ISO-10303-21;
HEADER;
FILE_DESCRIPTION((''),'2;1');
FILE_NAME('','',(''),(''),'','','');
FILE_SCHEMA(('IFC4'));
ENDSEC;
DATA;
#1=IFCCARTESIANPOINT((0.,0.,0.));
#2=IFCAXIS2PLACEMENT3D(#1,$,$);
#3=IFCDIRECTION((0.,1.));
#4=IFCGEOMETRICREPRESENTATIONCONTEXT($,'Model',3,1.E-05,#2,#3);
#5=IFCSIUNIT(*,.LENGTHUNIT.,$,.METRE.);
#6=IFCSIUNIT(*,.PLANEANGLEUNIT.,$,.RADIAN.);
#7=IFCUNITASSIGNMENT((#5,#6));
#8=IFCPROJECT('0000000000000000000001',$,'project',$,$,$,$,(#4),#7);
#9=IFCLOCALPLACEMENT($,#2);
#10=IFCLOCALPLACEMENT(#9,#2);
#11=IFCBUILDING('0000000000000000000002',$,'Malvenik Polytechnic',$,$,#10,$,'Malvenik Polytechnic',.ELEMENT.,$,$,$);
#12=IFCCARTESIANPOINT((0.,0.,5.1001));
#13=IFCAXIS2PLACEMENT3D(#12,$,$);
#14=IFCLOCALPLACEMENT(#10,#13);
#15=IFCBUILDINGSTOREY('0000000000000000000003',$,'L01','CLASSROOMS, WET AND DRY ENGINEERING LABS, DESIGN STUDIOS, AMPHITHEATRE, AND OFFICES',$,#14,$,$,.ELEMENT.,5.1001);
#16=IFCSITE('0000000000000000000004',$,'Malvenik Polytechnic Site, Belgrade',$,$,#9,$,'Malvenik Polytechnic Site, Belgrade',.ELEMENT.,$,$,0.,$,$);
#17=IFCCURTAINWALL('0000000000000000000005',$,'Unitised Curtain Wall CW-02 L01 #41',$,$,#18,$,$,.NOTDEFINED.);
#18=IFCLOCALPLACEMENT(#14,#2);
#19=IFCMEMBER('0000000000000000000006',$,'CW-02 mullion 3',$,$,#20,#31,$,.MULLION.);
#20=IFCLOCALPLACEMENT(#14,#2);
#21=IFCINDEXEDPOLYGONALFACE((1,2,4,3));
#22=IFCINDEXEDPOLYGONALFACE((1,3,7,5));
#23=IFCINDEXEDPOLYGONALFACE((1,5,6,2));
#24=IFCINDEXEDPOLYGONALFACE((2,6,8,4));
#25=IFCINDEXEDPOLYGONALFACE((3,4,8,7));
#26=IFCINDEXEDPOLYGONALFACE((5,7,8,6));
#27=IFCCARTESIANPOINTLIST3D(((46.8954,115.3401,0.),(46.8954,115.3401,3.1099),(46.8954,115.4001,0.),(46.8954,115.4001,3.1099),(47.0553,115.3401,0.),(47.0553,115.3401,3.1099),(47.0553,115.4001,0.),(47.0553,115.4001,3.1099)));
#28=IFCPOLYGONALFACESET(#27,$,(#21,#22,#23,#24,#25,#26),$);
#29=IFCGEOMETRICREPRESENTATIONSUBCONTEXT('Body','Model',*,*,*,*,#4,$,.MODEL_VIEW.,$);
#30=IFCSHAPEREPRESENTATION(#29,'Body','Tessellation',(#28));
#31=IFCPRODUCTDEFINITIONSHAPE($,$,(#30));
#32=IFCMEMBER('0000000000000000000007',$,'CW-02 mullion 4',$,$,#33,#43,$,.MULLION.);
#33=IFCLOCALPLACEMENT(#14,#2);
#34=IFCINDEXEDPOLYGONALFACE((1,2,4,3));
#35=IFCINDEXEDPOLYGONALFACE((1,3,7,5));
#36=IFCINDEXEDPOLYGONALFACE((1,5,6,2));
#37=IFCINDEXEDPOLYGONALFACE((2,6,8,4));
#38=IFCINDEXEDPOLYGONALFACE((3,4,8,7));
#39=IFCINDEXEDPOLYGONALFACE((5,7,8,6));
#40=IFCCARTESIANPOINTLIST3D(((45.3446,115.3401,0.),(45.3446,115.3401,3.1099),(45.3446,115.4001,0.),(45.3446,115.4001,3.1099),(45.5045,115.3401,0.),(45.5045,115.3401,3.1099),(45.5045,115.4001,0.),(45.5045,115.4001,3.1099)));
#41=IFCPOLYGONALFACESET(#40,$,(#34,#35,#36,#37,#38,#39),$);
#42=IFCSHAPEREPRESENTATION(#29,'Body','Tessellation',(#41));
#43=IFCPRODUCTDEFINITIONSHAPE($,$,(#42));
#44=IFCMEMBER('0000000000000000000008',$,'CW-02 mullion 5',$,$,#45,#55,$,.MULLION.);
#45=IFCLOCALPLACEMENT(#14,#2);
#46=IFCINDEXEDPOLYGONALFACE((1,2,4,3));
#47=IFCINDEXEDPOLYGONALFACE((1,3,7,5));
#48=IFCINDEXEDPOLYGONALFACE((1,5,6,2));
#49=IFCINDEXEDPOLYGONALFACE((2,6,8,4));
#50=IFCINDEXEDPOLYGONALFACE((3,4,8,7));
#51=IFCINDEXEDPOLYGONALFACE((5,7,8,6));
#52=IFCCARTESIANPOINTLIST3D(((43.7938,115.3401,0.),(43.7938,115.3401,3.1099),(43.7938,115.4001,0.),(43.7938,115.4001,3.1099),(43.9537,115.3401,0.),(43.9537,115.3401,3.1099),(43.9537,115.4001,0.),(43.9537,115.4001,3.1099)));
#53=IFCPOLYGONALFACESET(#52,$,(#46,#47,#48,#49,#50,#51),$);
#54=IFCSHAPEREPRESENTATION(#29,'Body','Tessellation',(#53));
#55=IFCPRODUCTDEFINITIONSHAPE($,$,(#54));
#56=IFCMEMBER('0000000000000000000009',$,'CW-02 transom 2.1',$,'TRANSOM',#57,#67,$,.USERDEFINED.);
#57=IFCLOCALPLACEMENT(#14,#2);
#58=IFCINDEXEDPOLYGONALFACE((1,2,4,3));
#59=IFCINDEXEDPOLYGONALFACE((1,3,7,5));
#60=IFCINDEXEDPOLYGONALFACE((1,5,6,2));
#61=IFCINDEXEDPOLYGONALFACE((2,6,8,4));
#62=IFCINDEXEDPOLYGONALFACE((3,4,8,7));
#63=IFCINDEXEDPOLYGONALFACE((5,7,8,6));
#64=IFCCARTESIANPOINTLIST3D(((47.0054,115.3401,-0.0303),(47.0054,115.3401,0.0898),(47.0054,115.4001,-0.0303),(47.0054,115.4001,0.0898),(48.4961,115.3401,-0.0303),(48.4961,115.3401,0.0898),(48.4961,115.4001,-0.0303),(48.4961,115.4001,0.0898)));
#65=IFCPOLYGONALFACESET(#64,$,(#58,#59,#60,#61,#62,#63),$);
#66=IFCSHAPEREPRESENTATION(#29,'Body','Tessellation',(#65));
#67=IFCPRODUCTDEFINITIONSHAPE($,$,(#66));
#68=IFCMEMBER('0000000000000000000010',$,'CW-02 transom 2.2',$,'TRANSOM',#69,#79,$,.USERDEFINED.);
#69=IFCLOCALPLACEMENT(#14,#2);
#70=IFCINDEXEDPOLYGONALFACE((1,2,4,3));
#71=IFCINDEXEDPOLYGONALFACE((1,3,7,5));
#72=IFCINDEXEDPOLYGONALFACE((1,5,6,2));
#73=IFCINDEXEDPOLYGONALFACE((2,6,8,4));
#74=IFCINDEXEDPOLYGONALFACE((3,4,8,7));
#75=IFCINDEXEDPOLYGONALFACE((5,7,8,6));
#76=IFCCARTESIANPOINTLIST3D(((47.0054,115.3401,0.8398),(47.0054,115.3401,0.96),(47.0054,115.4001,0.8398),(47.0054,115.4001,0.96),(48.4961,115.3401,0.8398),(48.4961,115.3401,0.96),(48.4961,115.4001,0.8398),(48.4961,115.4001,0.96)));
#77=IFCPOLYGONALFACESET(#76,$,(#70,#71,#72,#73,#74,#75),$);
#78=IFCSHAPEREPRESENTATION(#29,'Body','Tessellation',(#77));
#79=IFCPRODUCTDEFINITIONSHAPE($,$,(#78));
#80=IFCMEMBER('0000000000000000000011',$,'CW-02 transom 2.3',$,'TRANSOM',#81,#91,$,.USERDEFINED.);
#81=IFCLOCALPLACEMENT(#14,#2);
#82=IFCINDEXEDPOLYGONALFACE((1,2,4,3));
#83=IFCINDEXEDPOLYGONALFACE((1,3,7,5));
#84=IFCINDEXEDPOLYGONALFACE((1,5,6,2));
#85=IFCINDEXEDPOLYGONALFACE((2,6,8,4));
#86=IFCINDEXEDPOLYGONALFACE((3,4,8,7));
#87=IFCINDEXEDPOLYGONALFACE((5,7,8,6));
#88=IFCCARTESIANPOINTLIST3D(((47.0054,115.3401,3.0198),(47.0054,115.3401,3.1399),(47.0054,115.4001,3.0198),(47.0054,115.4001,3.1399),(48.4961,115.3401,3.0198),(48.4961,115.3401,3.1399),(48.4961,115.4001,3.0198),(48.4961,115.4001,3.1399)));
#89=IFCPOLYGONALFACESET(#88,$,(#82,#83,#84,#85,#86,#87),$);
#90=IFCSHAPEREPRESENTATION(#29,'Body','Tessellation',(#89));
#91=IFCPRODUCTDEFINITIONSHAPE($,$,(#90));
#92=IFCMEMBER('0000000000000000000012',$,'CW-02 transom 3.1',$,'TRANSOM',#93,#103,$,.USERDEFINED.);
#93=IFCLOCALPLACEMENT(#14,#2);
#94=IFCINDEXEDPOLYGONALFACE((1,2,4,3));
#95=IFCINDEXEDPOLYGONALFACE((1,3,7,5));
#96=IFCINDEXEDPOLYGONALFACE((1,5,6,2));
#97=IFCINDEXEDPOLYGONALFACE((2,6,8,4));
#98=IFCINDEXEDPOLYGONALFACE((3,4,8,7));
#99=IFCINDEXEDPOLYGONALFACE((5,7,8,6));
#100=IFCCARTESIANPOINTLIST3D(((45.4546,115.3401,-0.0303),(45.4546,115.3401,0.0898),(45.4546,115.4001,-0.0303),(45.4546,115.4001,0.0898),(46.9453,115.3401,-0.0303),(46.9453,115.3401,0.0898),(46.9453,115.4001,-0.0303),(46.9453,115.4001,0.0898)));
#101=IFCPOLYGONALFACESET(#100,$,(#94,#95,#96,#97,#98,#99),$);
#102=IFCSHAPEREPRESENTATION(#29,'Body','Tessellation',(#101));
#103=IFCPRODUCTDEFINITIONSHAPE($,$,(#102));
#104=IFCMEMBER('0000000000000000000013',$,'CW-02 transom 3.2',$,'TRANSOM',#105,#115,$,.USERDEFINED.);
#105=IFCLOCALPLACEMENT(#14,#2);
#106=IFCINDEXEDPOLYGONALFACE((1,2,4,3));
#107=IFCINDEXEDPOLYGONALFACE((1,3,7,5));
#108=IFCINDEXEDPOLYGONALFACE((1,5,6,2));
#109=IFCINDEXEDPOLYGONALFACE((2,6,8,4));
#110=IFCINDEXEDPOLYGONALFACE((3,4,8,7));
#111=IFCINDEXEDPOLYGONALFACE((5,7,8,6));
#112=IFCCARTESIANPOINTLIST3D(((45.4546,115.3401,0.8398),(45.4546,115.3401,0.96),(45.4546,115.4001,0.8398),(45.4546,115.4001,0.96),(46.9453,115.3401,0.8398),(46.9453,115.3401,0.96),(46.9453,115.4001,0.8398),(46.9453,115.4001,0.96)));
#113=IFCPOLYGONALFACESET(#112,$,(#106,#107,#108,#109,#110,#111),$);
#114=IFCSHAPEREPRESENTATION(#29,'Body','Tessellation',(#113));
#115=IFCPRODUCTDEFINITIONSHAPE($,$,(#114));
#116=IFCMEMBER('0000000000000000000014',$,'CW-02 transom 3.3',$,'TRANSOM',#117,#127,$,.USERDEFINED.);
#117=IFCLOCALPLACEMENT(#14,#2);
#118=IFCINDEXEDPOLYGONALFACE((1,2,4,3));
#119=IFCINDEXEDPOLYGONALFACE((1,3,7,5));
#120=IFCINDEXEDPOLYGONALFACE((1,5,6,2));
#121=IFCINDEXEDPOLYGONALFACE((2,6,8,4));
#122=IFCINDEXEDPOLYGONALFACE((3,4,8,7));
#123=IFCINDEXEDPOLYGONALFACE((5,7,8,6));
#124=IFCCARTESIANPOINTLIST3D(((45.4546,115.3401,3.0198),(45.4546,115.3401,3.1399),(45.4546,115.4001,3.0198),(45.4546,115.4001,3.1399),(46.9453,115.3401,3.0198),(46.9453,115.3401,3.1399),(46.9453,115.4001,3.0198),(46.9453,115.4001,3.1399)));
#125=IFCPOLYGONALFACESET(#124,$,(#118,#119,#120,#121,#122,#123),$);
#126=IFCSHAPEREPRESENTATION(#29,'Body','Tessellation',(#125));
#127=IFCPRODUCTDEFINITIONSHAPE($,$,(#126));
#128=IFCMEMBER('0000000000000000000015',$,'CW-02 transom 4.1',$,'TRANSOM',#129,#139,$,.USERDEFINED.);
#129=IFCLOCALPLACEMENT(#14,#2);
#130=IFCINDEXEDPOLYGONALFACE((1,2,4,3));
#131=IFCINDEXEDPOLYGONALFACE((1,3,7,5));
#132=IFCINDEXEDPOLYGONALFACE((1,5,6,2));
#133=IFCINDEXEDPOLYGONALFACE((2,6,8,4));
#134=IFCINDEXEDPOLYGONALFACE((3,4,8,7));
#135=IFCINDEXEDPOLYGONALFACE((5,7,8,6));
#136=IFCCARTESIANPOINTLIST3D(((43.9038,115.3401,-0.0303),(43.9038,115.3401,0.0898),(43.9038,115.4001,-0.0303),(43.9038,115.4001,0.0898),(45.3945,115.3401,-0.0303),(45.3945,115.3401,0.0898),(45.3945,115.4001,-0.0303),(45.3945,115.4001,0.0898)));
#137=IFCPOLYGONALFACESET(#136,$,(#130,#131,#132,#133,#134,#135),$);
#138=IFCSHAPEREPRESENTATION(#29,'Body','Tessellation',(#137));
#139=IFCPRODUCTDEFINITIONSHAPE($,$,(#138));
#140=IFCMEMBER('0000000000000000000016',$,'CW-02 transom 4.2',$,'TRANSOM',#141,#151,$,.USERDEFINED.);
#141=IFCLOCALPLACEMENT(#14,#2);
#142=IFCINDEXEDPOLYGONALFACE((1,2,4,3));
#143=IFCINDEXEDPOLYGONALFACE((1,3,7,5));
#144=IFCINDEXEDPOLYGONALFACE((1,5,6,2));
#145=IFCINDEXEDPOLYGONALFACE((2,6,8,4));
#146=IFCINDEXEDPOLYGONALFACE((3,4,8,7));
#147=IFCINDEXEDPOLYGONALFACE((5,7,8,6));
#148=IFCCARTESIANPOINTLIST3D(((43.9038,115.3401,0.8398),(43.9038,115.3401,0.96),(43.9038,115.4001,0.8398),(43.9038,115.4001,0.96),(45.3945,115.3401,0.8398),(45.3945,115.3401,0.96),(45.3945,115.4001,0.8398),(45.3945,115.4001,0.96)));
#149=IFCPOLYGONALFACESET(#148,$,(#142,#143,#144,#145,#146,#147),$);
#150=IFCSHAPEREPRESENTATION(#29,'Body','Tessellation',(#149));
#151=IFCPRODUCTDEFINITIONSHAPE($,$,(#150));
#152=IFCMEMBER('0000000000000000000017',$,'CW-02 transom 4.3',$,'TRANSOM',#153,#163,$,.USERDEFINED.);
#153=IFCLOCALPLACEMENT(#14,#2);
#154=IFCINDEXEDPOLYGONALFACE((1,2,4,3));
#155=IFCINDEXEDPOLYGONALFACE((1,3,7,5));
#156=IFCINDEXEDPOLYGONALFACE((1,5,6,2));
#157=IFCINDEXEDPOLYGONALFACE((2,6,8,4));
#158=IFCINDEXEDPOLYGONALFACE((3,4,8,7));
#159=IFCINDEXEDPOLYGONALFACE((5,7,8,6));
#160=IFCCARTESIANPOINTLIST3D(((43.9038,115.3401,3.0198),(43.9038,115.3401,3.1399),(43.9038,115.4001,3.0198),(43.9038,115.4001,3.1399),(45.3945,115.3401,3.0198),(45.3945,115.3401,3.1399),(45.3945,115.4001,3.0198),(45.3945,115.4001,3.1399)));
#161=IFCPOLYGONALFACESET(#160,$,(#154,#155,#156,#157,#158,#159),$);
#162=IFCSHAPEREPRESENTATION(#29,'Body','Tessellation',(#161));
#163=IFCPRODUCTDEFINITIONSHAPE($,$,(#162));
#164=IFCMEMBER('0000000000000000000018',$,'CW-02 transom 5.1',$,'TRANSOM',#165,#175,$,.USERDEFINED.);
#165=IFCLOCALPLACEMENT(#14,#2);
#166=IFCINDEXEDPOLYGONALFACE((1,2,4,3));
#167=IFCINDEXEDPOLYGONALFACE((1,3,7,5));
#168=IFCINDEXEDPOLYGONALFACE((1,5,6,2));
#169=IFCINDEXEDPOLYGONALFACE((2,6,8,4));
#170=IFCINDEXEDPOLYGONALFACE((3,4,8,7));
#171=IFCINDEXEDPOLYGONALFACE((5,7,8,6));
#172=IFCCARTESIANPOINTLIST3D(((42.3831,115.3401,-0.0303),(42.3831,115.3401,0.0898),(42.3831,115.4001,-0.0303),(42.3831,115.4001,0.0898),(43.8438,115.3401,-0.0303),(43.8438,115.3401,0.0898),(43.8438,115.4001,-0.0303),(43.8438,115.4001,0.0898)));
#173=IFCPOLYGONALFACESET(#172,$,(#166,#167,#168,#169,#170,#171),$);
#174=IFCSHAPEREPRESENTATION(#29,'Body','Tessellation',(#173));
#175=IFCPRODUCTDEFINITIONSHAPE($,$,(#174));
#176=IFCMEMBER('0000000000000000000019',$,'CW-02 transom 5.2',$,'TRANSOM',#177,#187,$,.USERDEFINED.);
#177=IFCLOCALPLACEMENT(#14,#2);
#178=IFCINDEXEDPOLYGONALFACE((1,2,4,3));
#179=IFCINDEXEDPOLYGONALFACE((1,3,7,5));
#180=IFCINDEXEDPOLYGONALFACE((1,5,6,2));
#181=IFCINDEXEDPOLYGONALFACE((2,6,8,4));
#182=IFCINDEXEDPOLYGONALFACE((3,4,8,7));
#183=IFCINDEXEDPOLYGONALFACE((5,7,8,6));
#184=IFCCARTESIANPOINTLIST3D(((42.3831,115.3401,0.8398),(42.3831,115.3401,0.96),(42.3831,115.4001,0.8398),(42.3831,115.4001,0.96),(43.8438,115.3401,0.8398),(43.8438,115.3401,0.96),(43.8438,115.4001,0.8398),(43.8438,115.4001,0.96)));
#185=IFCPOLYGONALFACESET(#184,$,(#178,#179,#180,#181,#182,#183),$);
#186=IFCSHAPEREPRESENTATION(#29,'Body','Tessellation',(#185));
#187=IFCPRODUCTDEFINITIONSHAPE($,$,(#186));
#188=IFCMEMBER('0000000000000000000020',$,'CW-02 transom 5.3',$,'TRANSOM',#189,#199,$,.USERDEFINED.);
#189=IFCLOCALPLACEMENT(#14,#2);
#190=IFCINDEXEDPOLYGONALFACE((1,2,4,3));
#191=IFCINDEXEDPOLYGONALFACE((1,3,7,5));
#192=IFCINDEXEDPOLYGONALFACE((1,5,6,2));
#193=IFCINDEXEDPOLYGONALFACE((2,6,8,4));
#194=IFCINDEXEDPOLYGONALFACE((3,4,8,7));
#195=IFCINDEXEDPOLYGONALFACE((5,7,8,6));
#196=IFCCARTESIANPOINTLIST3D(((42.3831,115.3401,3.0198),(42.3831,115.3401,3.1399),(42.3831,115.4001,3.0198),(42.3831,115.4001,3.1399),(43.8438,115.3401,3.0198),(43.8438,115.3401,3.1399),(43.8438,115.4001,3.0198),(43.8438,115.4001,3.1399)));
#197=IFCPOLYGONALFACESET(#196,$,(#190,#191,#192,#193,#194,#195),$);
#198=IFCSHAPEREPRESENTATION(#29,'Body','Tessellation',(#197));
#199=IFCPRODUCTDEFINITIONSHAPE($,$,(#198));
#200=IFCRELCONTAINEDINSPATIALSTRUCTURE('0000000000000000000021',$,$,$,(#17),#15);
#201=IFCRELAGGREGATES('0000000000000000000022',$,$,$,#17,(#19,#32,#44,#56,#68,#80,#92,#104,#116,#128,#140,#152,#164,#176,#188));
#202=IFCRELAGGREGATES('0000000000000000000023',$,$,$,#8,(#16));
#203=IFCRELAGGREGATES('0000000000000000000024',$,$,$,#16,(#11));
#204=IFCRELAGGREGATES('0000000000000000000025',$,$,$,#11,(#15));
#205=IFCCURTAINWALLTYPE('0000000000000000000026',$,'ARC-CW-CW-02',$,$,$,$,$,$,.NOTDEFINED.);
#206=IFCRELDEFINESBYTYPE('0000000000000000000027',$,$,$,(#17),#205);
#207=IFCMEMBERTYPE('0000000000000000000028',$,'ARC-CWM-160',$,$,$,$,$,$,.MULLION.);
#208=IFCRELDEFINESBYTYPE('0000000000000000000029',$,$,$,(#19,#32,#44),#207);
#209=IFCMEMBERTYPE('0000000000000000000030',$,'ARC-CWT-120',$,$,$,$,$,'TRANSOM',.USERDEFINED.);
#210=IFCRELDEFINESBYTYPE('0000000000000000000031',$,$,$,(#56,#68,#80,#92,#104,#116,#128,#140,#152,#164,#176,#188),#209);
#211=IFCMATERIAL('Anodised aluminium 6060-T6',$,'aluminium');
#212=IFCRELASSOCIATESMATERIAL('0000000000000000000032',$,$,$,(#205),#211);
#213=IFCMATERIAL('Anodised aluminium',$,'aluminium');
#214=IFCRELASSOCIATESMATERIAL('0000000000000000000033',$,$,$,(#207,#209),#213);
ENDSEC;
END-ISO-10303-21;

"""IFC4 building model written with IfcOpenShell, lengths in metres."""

from ifc_helpers import new_model, si_unit, direction, frame, origin, origin_2d, place, context, subcontext, project, spatial, rectangle, extrude, material, material_profile, profile_set, type_object, element, aggregate, save


model = new_model("IFC4")

# Units and contexts
model_context = context("Model", 3, precision=1e-05, world=origin(), true_north=direction((0.0, 1.0)))
body_context = subcontext(model_context, "Body", "Model", "MODEL_VIEW")
ifc_project = project(units=[si_unit("LENGTHUNIT", "METRE"), si_unit("PLANEANGLEUNIT", "RADIAN")], contexts=[model_context])

# Site, building, storey
site_placement = place(None, origin())
site = spatial("IfcSite", under=ifc_project, at=site_placement, Name="Malvenik Polytechnic Site, Belgrade", LongName="Malvenik Polytechnic Site, Belgrade", CompositionType="ELEMENT", RefElevation=0.0)
building_placement = place(site_placement, origin())
building = spatial("IfcBuilding", under=site, at=building_placement, Name="Malvenik Polytechnic", LongName="Malvenik Polytechnic", CompositionType="ELEMENT")
storey_placement = place(building_placement, frame((0.0, 0.0, 5.1001)))
storey = spatial("IfcBuildingStorey", under=building, at=storey_placement, Name="L01", Description="CLASSROOMS, WET AND DRY ENGINEERING LABS, DESIGN STUDIOS, AMPHITHEATRE, AND OFFICES", CompositionType="ELEMENT", Elevation=5.1001)

# Curtain wall, members
ifc_material_1 = material(Name="Anodised aluminium 6060-T6", Category="aluminium")
curtain_wall_type = type_object("IfcCurtainWallType", Name="ARC-CW-CW-02", PredefinedType="NOTDEFINED", material=ifc_material_1)
curtain_wall_placement = place(storey_placement, origin())
curtain_wall = element("IfcCurtainWall", 1, at=curtain_wall_placement, inside=storey, type_object=curtain_wall_type, Name="Unitised Curtain Wall CW-02 L01 #41", PredefinedType="NOTDEFINED")
ifc_material_2 = material(Name="Anodised aluminium", Category="aluminium")
ifc_material_profile_1 = material_profile(ifc_material_2, rectangle(XDim=0.0601, YDim=0.1599, at=origin_2d()), Name="ALU MULLION 60x160")
ifc_profile_set_1 = profile_set([ifc_material_profile_1], Name="Anodised aluminium")
member_type_1 = type_object("IfcMemberType", Name="ARC-CWM-160", PredefinedType="MULLION", material=ifc_profile_set_1)
member_1_placement = place(storey_placement, frame((46.9753, 115.3701, 0.0), z_axis=(0.0, 0.0, 1.0), x_axis=(0.0, -1.0, 0.0)))
member_1 = element("IfcMember", 2, at=member_1_placement, type_object=member_type_1, Name="CW-02 mullion 3", PredefinedType="MULLION", context=body_context, shape_type="SweptSolid", body=[
    extrude(rectangle(XDim=0.0601, YDim=0.1599, at=origin_2d()), origin(), (0.0, 0.0, 1.0), 3.1099),
])
member_2_placement = place(storey_placement, frame((45.4246, 115.3701, 0.0), z_axis=(0.0, 0.0, 1.0), x_axis=(0.0, -1.0, 0.0)))
member_2 = element("IfcMember", 3, at=member_2_placement, type_object=member_type_1, Name="CW-02 mullion 4", PredefinedType="MULLION", context=body_context, shape_type="SweptSolid", body=[
    extrude(rectangle(XDim=0.0601, YDim=0.1599, at=origin_2d()), origin(), (0.0, 0.0, 1.0), 3.1099),
])
member_3_placement = place(storey_placement, frame((43.8738, 115.3701, 0.0), z_axis=(0.0, 0.0, 1.0), x_axis=(0.0, -1.0, 0.0)))
member_3 = element("IfcMember", 4, at=member_3_placement, type_object=member_type_1, Name="CW-02 mullion 5", PredefinedType="MULLION", context=body_context, shape_type="SweptSolid", body=[
    extrude(rectangle(XDim=0.0601, YDim=0.1599, at=origin_2d()), origin(), (0.0, 0.0, 1.0), 3.1099),
])
ifc_material_profile_2 = material_profile(ifc_material_2, rectangle(XDim=0.0601, YDim=0.1201, at=origin_2d()), Name="ALU TRANSOM 60x120")
ifc_profile_set_2 = profile_set([ifc_material_profile_2], Name="Anodised aluminium")
member_type_2 = type_object("IfcMemberType", Name="ARC-CWT-120", ElementType="TRANSOM", PredefinedType="USERDEFINED", material=ifc_profile_set_2)
member_4_placement = place(storey_placement, frame((48.4961, 115.3701, 0.0298), z_axis=(-1.0, 0.0, 0.0), x_axis=(0.0, -1.0, 0.0)))
member_4 = element("IfcMember", 5, at=member_4_placement, type_object=member_type_2, Name="CW-02 transom 2.1", ObjectType="TRANSOM", PredefinedType="USERDEFINED", context=body_context, shape_type="SweptSolid", body=[
    extrude(rectangle(XDim=0.0601, YDim=0.1201, at=origin_2d()), origin(), (0.0, 0.0, 1.0), 1.4907),
])
member_5_placement = place(storey_placement, frame((48.4961, 115.3701, 0.8999), z_axis=(-1.0, 0.0, 0.0), x_axis=(0.0, -1.0, 0.0)))
member_5 = element("IfcMember", 6, at=member_5_placement, type_object=member_type_2, Name="CW-02 transom 2.2", ObjectType="TRANSOM", PredefinedType="USERDEFINED", context=body_context, shape_type="SweptSolid", body=[
    extrude(rectangle(XDim=0.0601, YDim=0.1201, at=origin_2d()), origin(), (0.0, 0.0, 1.0), 1.4907),
])
member_6_placement = place(storey_placement, frame((48.4961, 115.3701, 3.0798), z_axis=(-1.0, 0.0, 0.0), x_axis=(0.0, -1.0, 0.0)))
member_6 = element("IfcMember", 7, at=member_6_placement, type_object=member_type_2, Name="CW-02 transom 2.3", ObjectType="TRANSOM", PredefinedType="USERDEFINED", context=body_context, shape_type="SweptSolid", body=[
    extrude(rectangle(XDim=0.0601, YDim=0.1201, at=origin_2d()), origin(), (0.0, 0.0, 1.0), 1.4907),
])
member_7_placement = place(storey_placement, frame((46.9453, 115.3701, 0.0298), z_axis=(-1.0, 0.0, 0.0), x_axis=(0.0, -1.0, 0.0)))
member_7 = element("IfcMember", 8, at=member_7_placement, type_object=member_type_2, Name="CW-02 transom 3.1", ObjectType="TRANSOM", PredefinedType="USERDEFINED", context=body_context, shape_type="SweptSolid", body=[
    extrude(rectangle(XDim=0.0601, YDim=0.1201, at=origin_2d()), origin(), (0.0, 0.0, 1.0), 1.4907),
])
member_8_placement = place(storey_placement, frame((46.9453, 115.3701, 0.8999), z_axis=(-1.0, 0.0, 0.0), x_axis=(0.0, -1.0, 0.0)))
member_8 = element("IfcMember", 9, at=member_8_placement, type_object=member_type_2, Name="CW-02 transom 3.2", ObjectType="TRANSOM", PredefinedType="USERDEFINED", context=body_context, shape_type="SweptSolid", body=[
    extrude(rectangle(XDim=0.0601, YDim=0.1201, at=origin_2d()), origin(), (0.0, 0.0, 1.0), 1.4907),
])
member_9_placement = place(storey_placement, frame((46.9453, 115.3701, 3.0798), z_axis=(-1.0, 0.0, 0.0), x_axis=(0.0, -1.0, 0.0)))
member_9 = element("IfcMember", 10, at=member_9_placement, type_object=member_type_2, Name="CW-02 transom 3.3", ObjectType="TRANSOM", PredefinedType="USERDEFINED", context=body_context, shape_type="SweptSolid", body=[
    extrude(rectangle(XDim=0.0601, YDim=0.1201, at=origin_2d()), origin(), (0.0, 0.0, 1.0), 1.4907),
])
member_10_placement = place(storey_placement, frame((45.3945, 115.3701, 0.0298), z_axis=(-1.0, 0.0, 0.0), x_axis=(0.0, -1.0, 0.0)))
member_10 = element("IfcMember", 11, at=member_10_placement, type_object=member_type_2, Name="CW-02 transom 4.1", ObjectType="TRANSOM", PredefinedType="USERDEFINED", context=body_context, shape_type="SweptSolid", body=[
    extrude(rectangle(XDim=0.0601, YDim=0.1201, at=origin_2d()), origin(), (0.0, 0.0, 1.0), 1.4907),
])
member_11_placement = place(storey_placement, frame((45.3945, 115.3701, 0.8999), z_axis=(-1.0, 0.0, 0.0), x_axis=(0.0, -1.0, 0.0)))
member_11 = element("IfcMember", 12, at=member_11_placement, type_object=member_type_2, Name="CW-02 transom 4.2", ObjectType="TRANSOM", PredefinedType="USERDEFINED", context=body_context, shape_type="SweptSolid", body=[
    extrude(rectangle(XDim=0.0601, YDim=0.1201, at=origin_2d()), origin(), (0.0, 0.0, 1.0), 1.4907),
])
member_12_placement = place(storey_placement, frame((45.3945, 115.3701, 3.0798), z_axis=(-1.0, 0.0, 0.0), x_axis=(0.0, -1.0, 0.0)))
member_12 = element("IfcMember", 13, at=member_12_placement, type_object=member_type_2, Name="CW-02 transom 4.3", ObjectType="TRANSOM", PredefinedType="USERDEFINED", context=body_context, shape_type="SweptSolid", body=[
    extrude(rectangle(XDim=0.0601, YDim=0.1201, at=origin_2d()), origin(), (0.0, 0.0, 1.0), 1.4907),
])
member_13_placement = place(storey_placement, frame((43.8438, 115.3701, 0.0298), z_axis=(-1.0, 0.0, 0.0), x_axis=(0.0, -1.0, 0.0)))
member_13 = element("IfcMember", 14, at=member_13_placement, type_object=member_type_2, Name="CW-02 transom 5.1", ObjectType="TRANSOM", PredefinedType="USERDEFINED", context=body_context, shape_type="SweptSolid", body=[
    extrude(rectangle(XDim=0.0601, YDim=0.1201, at=origin_2d()), origin(), (0.0, 0.0, 1.0), 1.4607),
])
member_14_placement = place(storey_placement, frame((43.8438, 115.3701, 0.8999), z_axis=(-1.0, 0.0, 0.0), x_axis=(0.0, -1.0, 0.0)))
member_14 = element("IfcMember", 15, at=member_14_placement, type_object=member_type_2, Name="CW-02 transom 5.2", ObjectType="TRANSOM", PredefinedType="USERDEFINED", context=body_context, shape_type="SweptSolid", body=[
    extrude(rectangle(XDim=0.0601, YDim=0.1201, at=origin_2d()), origin(), (0.0, 0.0, 1.0), 1.4607),
])
member_15_placement = place(storey_placement, frame((43.8438, 115.3701, 3.0798), z_axis=(-1.0, 0.0, 0.0), x_axis=(0.0, -1.0, 0.0)))
member_15 = element("IfcMember", 16, at=member_15_placement, type_object=member_type_2, Name="CW-02 transom 5.3", ObjectType="TRANSOM", PredefinedType="USERDEFINED", context=body_context, shape_type="SweptSolid", body=[
    extrude(rectangle(XDim=0.0601, YDim=0.1201, at=origin_2d()), origin(), (0.0, 0.0, 1.0), 1.4607),
])
aggregate(curtain_wall, [member_1, member_2, member_3, member_4, member_5, member_6, member_7, member_8, member_9, member_10, member_11, member_12, member_13, member_14, member_15])

save(model, "model.ifc")
